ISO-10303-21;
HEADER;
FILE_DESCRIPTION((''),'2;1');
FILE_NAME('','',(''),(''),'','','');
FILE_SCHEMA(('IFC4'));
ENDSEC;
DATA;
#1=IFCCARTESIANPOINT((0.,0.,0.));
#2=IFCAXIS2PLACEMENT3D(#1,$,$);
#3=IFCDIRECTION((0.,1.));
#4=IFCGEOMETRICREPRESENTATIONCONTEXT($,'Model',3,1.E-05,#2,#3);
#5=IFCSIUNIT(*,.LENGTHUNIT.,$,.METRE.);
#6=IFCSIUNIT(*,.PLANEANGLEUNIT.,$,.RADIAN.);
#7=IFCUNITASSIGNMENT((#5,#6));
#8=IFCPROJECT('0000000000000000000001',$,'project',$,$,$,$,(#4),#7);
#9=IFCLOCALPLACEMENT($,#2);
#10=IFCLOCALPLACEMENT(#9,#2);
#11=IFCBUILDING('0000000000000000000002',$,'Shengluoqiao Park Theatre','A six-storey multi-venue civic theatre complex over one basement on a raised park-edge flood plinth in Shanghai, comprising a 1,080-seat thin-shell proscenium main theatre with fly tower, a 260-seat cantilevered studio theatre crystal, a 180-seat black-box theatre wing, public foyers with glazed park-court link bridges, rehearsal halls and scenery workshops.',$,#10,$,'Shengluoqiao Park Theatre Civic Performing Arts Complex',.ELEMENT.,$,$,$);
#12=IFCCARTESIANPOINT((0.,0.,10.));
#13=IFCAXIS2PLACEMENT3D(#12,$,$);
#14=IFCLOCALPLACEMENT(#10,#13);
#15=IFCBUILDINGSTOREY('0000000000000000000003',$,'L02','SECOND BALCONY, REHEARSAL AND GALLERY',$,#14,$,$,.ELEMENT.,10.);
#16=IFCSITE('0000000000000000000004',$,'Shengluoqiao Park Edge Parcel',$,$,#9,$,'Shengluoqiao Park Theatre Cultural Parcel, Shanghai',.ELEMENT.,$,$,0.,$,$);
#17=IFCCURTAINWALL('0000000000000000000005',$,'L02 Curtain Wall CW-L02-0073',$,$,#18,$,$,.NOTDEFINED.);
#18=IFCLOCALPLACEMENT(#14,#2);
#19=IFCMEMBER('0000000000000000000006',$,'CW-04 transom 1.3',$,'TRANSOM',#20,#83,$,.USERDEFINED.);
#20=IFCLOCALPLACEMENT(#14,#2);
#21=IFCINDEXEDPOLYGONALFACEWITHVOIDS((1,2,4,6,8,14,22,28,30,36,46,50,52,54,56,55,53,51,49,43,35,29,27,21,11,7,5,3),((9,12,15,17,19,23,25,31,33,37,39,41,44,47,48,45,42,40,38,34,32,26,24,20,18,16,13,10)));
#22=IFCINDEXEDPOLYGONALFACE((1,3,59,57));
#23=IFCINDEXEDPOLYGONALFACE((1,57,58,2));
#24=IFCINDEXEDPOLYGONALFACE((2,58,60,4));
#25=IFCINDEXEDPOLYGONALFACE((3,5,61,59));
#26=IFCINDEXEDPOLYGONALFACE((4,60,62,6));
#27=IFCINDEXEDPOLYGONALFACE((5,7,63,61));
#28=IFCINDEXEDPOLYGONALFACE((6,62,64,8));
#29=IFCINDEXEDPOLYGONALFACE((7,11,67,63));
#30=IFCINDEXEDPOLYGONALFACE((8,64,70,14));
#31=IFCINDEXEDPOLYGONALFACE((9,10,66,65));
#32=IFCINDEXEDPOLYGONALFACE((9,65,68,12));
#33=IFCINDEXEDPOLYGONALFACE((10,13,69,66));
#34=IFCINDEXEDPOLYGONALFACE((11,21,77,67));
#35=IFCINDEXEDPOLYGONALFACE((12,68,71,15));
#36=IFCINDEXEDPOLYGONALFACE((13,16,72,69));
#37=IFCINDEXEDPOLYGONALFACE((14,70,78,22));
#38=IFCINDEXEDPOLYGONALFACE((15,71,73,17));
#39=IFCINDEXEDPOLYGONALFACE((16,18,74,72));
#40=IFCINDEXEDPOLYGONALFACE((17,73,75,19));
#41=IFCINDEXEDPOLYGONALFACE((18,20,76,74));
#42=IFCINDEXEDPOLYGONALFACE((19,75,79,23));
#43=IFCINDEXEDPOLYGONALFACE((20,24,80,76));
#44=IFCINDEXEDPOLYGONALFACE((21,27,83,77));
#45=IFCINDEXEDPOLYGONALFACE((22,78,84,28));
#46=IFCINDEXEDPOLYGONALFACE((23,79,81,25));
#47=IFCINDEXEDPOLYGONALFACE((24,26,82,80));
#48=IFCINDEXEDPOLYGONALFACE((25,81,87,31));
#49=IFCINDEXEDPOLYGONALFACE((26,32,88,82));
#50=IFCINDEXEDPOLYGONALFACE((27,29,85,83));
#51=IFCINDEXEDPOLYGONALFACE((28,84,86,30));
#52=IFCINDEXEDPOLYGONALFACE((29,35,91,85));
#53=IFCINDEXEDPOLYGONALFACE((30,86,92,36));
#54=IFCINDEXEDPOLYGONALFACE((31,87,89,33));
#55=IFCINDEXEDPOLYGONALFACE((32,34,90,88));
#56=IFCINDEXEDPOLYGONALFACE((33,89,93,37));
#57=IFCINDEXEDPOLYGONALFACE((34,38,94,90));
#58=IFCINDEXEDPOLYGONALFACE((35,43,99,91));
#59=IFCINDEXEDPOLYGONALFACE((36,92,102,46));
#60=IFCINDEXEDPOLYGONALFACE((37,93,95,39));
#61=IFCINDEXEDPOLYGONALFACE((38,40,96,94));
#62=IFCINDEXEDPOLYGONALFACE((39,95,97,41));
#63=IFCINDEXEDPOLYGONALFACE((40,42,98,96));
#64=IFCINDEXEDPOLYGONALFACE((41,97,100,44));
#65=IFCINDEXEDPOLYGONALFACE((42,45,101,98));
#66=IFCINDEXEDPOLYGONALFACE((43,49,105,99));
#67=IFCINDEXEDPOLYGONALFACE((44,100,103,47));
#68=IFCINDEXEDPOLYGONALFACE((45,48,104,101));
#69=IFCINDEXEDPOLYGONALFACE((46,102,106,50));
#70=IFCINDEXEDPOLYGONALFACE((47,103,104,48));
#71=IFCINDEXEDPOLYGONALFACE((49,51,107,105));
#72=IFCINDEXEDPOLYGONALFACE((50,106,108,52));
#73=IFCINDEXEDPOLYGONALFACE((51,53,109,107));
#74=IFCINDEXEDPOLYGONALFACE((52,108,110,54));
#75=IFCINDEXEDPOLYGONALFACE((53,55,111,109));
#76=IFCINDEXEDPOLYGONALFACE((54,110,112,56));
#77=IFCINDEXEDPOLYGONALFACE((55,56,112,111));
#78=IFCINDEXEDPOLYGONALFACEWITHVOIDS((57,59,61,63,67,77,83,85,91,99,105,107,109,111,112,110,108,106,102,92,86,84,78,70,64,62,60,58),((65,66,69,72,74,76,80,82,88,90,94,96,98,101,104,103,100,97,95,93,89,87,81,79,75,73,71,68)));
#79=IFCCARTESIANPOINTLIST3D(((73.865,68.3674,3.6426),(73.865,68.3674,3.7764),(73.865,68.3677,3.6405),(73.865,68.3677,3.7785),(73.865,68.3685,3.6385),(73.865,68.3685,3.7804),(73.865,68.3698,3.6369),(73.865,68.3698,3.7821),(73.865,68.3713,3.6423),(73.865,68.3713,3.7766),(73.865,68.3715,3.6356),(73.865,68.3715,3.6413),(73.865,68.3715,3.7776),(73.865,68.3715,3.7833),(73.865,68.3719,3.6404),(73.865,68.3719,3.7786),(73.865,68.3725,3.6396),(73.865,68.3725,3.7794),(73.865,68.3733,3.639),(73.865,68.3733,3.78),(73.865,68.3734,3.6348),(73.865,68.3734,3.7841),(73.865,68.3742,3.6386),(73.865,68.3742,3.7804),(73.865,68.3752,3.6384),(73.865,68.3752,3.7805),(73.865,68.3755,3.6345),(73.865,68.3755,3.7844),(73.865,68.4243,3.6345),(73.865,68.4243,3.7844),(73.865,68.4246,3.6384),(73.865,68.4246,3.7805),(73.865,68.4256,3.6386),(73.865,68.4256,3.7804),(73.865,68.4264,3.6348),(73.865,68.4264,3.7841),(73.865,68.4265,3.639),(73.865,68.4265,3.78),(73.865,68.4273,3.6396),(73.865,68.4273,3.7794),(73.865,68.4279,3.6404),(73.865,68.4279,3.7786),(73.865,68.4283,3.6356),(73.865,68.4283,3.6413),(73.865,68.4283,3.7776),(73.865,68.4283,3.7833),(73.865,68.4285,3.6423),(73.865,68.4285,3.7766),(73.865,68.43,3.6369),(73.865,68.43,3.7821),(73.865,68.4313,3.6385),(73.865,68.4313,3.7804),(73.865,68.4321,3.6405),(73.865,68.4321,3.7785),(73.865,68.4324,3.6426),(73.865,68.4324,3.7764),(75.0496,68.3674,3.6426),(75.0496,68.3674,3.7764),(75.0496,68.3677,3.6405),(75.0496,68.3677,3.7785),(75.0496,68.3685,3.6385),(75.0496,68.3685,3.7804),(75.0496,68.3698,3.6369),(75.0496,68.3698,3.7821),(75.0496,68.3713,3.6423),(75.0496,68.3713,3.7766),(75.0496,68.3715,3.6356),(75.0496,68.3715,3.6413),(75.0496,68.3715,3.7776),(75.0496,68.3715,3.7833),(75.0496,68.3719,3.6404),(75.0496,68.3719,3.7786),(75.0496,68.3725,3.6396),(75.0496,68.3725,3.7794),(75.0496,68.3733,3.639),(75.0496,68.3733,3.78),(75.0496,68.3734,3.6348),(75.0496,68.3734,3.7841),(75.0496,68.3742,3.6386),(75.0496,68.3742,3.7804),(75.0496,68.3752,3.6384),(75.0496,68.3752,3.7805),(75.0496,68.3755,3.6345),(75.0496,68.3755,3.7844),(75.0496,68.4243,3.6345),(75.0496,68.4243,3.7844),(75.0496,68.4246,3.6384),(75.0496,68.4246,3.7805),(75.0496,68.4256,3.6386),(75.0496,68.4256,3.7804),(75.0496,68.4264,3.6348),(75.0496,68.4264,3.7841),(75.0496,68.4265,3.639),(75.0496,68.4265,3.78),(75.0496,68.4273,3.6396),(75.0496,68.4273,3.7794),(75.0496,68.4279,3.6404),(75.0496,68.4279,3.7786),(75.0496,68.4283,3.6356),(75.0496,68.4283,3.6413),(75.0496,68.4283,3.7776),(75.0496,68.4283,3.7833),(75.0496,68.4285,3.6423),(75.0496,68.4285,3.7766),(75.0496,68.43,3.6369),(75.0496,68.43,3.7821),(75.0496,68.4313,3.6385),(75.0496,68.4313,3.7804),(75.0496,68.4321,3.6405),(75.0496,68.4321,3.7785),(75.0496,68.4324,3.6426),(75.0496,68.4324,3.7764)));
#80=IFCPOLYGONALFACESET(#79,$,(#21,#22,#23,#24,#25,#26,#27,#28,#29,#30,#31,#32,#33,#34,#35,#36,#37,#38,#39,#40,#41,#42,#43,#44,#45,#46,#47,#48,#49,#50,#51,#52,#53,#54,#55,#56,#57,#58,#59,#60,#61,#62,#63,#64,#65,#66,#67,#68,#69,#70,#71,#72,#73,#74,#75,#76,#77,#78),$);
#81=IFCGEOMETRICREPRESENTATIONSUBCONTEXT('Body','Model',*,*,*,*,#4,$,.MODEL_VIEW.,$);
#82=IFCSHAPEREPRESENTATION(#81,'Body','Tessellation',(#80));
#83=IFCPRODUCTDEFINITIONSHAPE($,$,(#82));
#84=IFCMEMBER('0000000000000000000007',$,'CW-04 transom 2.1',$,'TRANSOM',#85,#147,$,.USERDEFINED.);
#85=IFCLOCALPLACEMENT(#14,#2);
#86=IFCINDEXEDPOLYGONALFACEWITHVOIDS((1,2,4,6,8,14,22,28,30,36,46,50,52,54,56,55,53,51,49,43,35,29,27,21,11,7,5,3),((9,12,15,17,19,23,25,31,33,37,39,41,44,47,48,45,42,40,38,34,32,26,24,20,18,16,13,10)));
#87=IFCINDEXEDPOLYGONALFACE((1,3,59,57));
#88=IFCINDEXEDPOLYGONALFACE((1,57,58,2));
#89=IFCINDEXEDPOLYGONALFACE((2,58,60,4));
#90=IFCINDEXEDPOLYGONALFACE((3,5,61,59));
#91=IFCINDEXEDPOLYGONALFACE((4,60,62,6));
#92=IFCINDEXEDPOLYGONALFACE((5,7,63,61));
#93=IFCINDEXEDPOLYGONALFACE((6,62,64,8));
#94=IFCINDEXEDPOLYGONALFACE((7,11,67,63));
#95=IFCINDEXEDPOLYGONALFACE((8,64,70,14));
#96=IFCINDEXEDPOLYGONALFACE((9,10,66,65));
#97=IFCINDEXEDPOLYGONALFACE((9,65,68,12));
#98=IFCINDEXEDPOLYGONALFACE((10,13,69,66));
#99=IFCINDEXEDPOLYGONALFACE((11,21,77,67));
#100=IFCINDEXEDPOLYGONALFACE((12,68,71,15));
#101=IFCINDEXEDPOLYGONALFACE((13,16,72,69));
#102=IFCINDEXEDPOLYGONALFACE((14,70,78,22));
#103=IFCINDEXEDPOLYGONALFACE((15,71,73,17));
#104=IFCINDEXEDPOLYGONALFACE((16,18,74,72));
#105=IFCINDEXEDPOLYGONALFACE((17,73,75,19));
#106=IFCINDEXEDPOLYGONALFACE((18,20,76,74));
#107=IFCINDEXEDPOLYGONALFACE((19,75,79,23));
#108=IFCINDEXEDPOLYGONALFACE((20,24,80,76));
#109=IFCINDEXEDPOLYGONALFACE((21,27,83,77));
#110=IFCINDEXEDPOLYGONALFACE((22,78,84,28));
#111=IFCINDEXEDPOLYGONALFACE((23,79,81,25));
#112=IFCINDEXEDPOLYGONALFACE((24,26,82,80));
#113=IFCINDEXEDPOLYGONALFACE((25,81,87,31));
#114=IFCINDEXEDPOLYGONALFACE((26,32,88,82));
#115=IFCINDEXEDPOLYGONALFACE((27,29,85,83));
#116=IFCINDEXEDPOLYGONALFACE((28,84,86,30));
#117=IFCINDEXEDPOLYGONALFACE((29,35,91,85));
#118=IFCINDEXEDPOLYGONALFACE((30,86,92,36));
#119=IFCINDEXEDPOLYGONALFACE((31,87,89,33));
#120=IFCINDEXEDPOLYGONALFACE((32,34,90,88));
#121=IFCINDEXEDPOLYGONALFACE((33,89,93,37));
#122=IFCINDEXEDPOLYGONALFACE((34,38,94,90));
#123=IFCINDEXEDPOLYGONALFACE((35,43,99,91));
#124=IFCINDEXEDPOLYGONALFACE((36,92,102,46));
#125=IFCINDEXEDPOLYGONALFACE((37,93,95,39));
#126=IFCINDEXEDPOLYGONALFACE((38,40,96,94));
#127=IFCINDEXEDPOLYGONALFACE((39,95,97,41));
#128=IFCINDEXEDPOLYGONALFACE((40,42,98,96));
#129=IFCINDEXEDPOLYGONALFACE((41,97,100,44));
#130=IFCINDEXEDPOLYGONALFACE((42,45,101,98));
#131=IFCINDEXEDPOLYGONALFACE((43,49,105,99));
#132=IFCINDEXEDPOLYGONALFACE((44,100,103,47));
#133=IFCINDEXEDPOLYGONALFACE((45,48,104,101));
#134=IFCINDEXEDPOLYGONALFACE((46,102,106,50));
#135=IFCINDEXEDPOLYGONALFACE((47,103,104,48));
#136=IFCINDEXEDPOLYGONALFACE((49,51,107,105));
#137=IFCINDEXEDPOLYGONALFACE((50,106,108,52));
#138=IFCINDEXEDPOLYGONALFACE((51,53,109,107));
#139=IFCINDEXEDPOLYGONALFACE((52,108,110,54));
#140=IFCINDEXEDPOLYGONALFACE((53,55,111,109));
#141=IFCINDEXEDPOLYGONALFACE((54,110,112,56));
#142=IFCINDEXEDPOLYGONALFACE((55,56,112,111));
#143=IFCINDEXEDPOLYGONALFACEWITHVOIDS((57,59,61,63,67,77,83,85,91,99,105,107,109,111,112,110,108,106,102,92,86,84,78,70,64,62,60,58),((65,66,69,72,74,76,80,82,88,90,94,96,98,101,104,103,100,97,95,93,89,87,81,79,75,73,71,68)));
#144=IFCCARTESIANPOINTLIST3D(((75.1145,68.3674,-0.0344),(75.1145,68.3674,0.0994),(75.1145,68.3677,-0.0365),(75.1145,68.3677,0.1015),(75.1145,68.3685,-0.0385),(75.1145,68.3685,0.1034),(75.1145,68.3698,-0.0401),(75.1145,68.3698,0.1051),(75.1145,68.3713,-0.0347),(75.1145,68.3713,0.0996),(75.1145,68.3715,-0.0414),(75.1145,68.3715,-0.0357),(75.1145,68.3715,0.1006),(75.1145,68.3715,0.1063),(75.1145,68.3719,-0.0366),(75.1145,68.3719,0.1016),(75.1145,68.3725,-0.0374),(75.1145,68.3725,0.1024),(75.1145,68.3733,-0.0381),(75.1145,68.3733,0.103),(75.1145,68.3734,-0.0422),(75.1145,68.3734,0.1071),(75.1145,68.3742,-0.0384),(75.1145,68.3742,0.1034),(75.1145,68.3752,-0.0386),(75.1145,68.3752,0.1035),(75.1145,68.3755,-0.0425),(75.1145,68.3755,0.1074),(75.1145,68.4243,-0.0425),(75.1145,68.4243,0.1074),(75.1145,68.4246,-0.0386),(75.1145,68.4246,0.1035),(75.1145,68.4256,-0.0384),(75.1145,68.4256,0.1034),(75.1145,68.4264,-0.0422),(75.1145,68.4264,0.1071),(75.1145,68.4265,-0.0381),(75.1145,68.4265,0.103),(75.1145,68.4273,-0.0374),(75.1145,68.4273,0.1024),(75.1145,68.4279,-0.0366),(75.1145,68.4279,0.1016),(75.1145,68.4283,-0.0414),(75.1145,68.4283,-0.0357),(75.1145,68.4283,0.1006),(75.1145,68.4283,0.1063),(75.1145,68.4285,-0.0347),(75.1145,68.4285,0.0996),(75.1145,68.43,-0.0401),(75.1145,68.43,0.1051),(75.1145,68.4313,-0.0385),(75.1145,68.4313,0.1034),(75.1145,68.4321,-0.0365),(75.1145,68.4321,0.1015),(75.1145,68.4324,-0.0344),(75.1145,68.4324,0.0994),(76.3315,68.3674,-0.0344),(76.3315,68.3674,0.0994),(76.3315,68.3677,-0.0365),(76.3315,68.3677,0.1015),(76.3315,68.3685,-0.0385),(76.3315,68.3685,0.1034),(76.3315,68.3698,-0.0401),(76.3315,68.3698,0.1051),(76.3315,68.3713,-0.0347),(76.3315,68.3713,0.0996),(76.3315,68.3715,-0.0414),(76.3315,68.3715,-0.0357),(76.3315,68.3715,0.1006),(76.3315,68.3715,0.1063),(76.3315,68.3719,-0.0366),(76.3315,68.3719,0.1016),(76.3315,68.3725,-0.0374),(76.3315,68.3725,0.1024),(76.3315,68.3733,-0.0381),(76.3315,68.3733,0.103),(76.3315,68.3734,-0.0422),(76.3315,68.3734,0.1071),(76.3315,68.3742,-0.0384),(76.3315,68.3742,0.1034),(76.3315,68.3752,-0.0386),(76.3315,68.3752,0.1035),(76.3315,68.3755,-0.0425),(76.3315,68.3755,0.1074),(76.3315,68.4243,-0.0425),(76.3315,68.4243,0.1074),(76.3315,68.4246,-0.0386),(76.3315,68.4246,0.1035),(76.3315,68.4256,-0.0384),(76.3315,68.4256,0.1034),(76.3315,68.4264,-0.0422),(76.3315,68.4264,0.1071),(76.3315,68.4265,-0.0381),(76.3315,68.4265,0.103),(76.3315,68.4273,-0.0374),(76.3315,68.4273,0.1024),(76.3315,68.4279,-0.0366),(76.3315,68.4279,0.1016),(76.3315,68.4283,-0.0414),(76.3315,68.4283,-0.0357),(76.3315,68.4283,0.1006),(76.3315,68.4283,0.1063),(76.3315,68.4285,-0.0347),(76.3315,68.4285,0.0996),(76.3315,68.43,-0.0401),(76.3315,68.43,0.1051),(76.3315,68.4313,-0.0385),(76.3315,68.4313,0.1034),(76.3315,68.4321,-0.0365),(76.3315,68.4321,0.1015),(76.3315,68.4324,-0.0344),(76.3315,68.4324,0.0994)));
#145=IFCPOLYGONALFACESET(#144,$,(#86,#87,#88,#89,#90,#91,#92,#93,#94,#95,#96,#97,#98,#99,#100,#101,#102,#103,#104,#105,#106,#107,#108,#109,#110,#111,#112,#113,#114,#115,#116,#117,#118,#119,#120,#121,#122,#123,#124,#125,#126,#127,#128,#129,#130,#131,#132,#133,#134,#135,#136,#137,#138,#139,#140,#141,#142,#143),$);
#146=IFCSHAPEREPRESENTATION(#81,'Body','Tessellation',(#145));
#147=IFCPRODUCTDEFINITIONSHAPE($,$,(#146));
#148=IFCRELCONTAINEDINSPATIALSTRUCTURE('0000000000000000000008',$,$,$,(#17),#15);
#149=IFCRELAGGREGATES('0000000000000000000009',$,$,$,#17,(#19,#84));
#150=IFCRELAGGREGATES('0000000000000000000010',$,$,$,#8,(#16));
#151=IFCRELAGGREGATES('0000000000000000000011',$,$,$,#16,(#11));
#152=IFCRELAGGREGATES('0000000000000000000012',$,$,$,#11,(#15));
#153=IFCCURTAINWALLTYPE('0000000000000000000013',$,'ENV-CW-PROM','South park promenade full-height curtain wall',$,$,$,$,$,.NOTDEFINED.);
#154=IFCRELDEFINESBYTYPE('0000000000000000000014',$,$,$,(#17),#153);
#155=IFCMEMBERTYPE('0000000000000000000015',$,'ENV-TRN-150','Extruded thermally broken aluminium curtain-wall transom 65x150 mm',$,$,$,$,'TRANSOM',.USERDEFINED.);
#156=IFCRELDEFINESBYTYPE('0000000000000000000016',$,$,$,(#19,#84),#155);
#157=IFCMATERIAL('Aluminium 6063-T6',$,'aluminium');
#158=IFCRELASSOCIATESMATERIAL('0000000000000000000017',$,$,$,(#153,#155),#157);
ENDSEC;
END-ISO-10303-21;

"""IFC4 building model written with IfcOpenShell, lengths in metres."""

from ifc_helpers import new_model, si_unit, direction, frame, origin, origin_2d, place, context, subcontext, project, spatial, hollow_rectangle, extrude, material, material_profile, profile_set, type_object, element, aggregate, save


model = new_model("IFC4")

# Units and contexts
model_context = context("Model", 3, precision=1e-05, world=origin(), true_north=direction((0.0, 1.0)))
body_context = subcontext(model_context, "Body", "Model", "MODEL_VIEW")
ifc_project = project(units=[si_unit("LENGTHUNIT", "METRE"), si_unit("PLANEANGLEUNIT", "RADIAN")], contexts=[model_context])

# Site, building, storey
site_placement = place(None, origin())
site = spatial("IfcSite", under=ifc_project, at=site_placement, Name="Shengluoqiao Park Edge Parcel", LongName="Shengluoqiao Park Theatre Cultural Parcel, Shanghai", CompositionType="ELEMENT", RefElevation=0.0)
building_placement = place(site_placement, origin())
building = spatial("IfcBuilding", under=site, at=building_placement, Name="Shengluoqiao Park Theatre", Description="A six-storey multi-venue civic theatre complex over one basement on a raised park-edge flood plinth in Shanghai, comprising a 1,080-seat thin-shell proscenium main theatre with fly tower, a 260-seat cantilevered studio theatre crystal, a 180-seat black-box theatre wing, public foyers with glazed park-court link bridges, rehearsal halls and scenery workshops.", LongName="Shengluoqiao Park Theatre Civic Performing Arts Complex", CompositionType="ELEMENT")
storey_placement = place(building_placement, frame((0.0, 0.0, 10.0)))
storey = spatial("IfcBuildingStorey", under=building, at=storey_placement, Name="L02", Description="SECOND BALCONY, REHEARSAL AND GALLERY", CompositionType="ELEMENT", Elevation=10.0)

# Shared definitions
ifc_material_1 = material(Name="Aluminium 6063-T6", Category="aluminium")
curtain_wall_type = type_object("IfcCurtainWallType", Name="ENV-CW-PROM", Description="South park promenade full-height curtain wall", PredefinedType="NOTDEFINED", material=ifc_material_1)

# Curtain wall
curtain_wall_1_placement = place(storey_placement, origin())
curtain_wall_1 = element("IfcCurtainWall", 1, at=curtain_wall_1_placement, inside=storey, type_object=curtain_wall_type, Name="L02 Curtain Wall CW-L02-0073", PredefinedType="NOTDEFINED")

# Members
ifc_material_profile_1 = material_profile(ifc_material_1, hollow_rectangle(XDim=0.0649, YDim=0.1499, WallThickness=0.0039, InnerFilletRadius=0.0039, OuterFilletRadius=0.0081, at=origin_2d()), Name="ALU TRANSOM 150x65x4")
ifc_profile_set_1 = profile_set([ifc_material_profile_1], Name="Aluminium 6063-T6")
member_type_1 = type_object("IfcMemberType", Name="ENV-TRN-150", Description="Extruded thermally broken aluminium curtain-wall transom 65x150 mm", ElementType="TRANSOM", PredefinedType="USERDEFINED", material=ifc_profile_set_1)
member_1_placement = place(storey_placement, frame((73.865, 68.3999, 3.7095), z_axis=(1.0, 0.0, 0.0), x_axis=(0.0, 1.0, 0.0)))
member_1 = element("IfcMember", 2, at=member_1_placement, type_object=member_type_1, Name="CW-04 transom 1.3", ObjectType="TRANSOM", PredefinedType="USERDEFINED", context=body_context, shape_type="SweptSolid", body=[
    extrude(hollow_rectangle(XDim=0.0649, YDim=0.1499, WallThickness=0.0039, InnerFilletRadius=0.0039, OuterFilletRadius=0.0081, at=origin_2d()), origin(), (0.0, 0.0, 1.0), 1.1846),
])
member_2_placement = place(storey_placement, frame((75.1145, 68.3999, 0.0325), z_axis=(1.0, 0.0, 0.0), x_axis=(0.0, 1.0, 0.0)))
member_2 = element("IfcMember", 3, at=member_2_placement, type_object=member_type_1, Name="CW-04 transom 2.1", ObjectType="TRANSOM", PredefinedType="USERDEFINED", context=body_context, shape_type="SweptSolid", body=[
    extrude(hollow_rectangle(XDim=0.0649, YDim=0.1499, WallThickness=0.0039, InnerFilletRadius=0.0039, OuterFilletRadius=0.0081, at=origin_2d()), origin(), (0.0, 0.0, 1.0), 1.217),
])

aggregate(curtain_wall_1, [member_1, member_2])

save(model, "model.ifc")
